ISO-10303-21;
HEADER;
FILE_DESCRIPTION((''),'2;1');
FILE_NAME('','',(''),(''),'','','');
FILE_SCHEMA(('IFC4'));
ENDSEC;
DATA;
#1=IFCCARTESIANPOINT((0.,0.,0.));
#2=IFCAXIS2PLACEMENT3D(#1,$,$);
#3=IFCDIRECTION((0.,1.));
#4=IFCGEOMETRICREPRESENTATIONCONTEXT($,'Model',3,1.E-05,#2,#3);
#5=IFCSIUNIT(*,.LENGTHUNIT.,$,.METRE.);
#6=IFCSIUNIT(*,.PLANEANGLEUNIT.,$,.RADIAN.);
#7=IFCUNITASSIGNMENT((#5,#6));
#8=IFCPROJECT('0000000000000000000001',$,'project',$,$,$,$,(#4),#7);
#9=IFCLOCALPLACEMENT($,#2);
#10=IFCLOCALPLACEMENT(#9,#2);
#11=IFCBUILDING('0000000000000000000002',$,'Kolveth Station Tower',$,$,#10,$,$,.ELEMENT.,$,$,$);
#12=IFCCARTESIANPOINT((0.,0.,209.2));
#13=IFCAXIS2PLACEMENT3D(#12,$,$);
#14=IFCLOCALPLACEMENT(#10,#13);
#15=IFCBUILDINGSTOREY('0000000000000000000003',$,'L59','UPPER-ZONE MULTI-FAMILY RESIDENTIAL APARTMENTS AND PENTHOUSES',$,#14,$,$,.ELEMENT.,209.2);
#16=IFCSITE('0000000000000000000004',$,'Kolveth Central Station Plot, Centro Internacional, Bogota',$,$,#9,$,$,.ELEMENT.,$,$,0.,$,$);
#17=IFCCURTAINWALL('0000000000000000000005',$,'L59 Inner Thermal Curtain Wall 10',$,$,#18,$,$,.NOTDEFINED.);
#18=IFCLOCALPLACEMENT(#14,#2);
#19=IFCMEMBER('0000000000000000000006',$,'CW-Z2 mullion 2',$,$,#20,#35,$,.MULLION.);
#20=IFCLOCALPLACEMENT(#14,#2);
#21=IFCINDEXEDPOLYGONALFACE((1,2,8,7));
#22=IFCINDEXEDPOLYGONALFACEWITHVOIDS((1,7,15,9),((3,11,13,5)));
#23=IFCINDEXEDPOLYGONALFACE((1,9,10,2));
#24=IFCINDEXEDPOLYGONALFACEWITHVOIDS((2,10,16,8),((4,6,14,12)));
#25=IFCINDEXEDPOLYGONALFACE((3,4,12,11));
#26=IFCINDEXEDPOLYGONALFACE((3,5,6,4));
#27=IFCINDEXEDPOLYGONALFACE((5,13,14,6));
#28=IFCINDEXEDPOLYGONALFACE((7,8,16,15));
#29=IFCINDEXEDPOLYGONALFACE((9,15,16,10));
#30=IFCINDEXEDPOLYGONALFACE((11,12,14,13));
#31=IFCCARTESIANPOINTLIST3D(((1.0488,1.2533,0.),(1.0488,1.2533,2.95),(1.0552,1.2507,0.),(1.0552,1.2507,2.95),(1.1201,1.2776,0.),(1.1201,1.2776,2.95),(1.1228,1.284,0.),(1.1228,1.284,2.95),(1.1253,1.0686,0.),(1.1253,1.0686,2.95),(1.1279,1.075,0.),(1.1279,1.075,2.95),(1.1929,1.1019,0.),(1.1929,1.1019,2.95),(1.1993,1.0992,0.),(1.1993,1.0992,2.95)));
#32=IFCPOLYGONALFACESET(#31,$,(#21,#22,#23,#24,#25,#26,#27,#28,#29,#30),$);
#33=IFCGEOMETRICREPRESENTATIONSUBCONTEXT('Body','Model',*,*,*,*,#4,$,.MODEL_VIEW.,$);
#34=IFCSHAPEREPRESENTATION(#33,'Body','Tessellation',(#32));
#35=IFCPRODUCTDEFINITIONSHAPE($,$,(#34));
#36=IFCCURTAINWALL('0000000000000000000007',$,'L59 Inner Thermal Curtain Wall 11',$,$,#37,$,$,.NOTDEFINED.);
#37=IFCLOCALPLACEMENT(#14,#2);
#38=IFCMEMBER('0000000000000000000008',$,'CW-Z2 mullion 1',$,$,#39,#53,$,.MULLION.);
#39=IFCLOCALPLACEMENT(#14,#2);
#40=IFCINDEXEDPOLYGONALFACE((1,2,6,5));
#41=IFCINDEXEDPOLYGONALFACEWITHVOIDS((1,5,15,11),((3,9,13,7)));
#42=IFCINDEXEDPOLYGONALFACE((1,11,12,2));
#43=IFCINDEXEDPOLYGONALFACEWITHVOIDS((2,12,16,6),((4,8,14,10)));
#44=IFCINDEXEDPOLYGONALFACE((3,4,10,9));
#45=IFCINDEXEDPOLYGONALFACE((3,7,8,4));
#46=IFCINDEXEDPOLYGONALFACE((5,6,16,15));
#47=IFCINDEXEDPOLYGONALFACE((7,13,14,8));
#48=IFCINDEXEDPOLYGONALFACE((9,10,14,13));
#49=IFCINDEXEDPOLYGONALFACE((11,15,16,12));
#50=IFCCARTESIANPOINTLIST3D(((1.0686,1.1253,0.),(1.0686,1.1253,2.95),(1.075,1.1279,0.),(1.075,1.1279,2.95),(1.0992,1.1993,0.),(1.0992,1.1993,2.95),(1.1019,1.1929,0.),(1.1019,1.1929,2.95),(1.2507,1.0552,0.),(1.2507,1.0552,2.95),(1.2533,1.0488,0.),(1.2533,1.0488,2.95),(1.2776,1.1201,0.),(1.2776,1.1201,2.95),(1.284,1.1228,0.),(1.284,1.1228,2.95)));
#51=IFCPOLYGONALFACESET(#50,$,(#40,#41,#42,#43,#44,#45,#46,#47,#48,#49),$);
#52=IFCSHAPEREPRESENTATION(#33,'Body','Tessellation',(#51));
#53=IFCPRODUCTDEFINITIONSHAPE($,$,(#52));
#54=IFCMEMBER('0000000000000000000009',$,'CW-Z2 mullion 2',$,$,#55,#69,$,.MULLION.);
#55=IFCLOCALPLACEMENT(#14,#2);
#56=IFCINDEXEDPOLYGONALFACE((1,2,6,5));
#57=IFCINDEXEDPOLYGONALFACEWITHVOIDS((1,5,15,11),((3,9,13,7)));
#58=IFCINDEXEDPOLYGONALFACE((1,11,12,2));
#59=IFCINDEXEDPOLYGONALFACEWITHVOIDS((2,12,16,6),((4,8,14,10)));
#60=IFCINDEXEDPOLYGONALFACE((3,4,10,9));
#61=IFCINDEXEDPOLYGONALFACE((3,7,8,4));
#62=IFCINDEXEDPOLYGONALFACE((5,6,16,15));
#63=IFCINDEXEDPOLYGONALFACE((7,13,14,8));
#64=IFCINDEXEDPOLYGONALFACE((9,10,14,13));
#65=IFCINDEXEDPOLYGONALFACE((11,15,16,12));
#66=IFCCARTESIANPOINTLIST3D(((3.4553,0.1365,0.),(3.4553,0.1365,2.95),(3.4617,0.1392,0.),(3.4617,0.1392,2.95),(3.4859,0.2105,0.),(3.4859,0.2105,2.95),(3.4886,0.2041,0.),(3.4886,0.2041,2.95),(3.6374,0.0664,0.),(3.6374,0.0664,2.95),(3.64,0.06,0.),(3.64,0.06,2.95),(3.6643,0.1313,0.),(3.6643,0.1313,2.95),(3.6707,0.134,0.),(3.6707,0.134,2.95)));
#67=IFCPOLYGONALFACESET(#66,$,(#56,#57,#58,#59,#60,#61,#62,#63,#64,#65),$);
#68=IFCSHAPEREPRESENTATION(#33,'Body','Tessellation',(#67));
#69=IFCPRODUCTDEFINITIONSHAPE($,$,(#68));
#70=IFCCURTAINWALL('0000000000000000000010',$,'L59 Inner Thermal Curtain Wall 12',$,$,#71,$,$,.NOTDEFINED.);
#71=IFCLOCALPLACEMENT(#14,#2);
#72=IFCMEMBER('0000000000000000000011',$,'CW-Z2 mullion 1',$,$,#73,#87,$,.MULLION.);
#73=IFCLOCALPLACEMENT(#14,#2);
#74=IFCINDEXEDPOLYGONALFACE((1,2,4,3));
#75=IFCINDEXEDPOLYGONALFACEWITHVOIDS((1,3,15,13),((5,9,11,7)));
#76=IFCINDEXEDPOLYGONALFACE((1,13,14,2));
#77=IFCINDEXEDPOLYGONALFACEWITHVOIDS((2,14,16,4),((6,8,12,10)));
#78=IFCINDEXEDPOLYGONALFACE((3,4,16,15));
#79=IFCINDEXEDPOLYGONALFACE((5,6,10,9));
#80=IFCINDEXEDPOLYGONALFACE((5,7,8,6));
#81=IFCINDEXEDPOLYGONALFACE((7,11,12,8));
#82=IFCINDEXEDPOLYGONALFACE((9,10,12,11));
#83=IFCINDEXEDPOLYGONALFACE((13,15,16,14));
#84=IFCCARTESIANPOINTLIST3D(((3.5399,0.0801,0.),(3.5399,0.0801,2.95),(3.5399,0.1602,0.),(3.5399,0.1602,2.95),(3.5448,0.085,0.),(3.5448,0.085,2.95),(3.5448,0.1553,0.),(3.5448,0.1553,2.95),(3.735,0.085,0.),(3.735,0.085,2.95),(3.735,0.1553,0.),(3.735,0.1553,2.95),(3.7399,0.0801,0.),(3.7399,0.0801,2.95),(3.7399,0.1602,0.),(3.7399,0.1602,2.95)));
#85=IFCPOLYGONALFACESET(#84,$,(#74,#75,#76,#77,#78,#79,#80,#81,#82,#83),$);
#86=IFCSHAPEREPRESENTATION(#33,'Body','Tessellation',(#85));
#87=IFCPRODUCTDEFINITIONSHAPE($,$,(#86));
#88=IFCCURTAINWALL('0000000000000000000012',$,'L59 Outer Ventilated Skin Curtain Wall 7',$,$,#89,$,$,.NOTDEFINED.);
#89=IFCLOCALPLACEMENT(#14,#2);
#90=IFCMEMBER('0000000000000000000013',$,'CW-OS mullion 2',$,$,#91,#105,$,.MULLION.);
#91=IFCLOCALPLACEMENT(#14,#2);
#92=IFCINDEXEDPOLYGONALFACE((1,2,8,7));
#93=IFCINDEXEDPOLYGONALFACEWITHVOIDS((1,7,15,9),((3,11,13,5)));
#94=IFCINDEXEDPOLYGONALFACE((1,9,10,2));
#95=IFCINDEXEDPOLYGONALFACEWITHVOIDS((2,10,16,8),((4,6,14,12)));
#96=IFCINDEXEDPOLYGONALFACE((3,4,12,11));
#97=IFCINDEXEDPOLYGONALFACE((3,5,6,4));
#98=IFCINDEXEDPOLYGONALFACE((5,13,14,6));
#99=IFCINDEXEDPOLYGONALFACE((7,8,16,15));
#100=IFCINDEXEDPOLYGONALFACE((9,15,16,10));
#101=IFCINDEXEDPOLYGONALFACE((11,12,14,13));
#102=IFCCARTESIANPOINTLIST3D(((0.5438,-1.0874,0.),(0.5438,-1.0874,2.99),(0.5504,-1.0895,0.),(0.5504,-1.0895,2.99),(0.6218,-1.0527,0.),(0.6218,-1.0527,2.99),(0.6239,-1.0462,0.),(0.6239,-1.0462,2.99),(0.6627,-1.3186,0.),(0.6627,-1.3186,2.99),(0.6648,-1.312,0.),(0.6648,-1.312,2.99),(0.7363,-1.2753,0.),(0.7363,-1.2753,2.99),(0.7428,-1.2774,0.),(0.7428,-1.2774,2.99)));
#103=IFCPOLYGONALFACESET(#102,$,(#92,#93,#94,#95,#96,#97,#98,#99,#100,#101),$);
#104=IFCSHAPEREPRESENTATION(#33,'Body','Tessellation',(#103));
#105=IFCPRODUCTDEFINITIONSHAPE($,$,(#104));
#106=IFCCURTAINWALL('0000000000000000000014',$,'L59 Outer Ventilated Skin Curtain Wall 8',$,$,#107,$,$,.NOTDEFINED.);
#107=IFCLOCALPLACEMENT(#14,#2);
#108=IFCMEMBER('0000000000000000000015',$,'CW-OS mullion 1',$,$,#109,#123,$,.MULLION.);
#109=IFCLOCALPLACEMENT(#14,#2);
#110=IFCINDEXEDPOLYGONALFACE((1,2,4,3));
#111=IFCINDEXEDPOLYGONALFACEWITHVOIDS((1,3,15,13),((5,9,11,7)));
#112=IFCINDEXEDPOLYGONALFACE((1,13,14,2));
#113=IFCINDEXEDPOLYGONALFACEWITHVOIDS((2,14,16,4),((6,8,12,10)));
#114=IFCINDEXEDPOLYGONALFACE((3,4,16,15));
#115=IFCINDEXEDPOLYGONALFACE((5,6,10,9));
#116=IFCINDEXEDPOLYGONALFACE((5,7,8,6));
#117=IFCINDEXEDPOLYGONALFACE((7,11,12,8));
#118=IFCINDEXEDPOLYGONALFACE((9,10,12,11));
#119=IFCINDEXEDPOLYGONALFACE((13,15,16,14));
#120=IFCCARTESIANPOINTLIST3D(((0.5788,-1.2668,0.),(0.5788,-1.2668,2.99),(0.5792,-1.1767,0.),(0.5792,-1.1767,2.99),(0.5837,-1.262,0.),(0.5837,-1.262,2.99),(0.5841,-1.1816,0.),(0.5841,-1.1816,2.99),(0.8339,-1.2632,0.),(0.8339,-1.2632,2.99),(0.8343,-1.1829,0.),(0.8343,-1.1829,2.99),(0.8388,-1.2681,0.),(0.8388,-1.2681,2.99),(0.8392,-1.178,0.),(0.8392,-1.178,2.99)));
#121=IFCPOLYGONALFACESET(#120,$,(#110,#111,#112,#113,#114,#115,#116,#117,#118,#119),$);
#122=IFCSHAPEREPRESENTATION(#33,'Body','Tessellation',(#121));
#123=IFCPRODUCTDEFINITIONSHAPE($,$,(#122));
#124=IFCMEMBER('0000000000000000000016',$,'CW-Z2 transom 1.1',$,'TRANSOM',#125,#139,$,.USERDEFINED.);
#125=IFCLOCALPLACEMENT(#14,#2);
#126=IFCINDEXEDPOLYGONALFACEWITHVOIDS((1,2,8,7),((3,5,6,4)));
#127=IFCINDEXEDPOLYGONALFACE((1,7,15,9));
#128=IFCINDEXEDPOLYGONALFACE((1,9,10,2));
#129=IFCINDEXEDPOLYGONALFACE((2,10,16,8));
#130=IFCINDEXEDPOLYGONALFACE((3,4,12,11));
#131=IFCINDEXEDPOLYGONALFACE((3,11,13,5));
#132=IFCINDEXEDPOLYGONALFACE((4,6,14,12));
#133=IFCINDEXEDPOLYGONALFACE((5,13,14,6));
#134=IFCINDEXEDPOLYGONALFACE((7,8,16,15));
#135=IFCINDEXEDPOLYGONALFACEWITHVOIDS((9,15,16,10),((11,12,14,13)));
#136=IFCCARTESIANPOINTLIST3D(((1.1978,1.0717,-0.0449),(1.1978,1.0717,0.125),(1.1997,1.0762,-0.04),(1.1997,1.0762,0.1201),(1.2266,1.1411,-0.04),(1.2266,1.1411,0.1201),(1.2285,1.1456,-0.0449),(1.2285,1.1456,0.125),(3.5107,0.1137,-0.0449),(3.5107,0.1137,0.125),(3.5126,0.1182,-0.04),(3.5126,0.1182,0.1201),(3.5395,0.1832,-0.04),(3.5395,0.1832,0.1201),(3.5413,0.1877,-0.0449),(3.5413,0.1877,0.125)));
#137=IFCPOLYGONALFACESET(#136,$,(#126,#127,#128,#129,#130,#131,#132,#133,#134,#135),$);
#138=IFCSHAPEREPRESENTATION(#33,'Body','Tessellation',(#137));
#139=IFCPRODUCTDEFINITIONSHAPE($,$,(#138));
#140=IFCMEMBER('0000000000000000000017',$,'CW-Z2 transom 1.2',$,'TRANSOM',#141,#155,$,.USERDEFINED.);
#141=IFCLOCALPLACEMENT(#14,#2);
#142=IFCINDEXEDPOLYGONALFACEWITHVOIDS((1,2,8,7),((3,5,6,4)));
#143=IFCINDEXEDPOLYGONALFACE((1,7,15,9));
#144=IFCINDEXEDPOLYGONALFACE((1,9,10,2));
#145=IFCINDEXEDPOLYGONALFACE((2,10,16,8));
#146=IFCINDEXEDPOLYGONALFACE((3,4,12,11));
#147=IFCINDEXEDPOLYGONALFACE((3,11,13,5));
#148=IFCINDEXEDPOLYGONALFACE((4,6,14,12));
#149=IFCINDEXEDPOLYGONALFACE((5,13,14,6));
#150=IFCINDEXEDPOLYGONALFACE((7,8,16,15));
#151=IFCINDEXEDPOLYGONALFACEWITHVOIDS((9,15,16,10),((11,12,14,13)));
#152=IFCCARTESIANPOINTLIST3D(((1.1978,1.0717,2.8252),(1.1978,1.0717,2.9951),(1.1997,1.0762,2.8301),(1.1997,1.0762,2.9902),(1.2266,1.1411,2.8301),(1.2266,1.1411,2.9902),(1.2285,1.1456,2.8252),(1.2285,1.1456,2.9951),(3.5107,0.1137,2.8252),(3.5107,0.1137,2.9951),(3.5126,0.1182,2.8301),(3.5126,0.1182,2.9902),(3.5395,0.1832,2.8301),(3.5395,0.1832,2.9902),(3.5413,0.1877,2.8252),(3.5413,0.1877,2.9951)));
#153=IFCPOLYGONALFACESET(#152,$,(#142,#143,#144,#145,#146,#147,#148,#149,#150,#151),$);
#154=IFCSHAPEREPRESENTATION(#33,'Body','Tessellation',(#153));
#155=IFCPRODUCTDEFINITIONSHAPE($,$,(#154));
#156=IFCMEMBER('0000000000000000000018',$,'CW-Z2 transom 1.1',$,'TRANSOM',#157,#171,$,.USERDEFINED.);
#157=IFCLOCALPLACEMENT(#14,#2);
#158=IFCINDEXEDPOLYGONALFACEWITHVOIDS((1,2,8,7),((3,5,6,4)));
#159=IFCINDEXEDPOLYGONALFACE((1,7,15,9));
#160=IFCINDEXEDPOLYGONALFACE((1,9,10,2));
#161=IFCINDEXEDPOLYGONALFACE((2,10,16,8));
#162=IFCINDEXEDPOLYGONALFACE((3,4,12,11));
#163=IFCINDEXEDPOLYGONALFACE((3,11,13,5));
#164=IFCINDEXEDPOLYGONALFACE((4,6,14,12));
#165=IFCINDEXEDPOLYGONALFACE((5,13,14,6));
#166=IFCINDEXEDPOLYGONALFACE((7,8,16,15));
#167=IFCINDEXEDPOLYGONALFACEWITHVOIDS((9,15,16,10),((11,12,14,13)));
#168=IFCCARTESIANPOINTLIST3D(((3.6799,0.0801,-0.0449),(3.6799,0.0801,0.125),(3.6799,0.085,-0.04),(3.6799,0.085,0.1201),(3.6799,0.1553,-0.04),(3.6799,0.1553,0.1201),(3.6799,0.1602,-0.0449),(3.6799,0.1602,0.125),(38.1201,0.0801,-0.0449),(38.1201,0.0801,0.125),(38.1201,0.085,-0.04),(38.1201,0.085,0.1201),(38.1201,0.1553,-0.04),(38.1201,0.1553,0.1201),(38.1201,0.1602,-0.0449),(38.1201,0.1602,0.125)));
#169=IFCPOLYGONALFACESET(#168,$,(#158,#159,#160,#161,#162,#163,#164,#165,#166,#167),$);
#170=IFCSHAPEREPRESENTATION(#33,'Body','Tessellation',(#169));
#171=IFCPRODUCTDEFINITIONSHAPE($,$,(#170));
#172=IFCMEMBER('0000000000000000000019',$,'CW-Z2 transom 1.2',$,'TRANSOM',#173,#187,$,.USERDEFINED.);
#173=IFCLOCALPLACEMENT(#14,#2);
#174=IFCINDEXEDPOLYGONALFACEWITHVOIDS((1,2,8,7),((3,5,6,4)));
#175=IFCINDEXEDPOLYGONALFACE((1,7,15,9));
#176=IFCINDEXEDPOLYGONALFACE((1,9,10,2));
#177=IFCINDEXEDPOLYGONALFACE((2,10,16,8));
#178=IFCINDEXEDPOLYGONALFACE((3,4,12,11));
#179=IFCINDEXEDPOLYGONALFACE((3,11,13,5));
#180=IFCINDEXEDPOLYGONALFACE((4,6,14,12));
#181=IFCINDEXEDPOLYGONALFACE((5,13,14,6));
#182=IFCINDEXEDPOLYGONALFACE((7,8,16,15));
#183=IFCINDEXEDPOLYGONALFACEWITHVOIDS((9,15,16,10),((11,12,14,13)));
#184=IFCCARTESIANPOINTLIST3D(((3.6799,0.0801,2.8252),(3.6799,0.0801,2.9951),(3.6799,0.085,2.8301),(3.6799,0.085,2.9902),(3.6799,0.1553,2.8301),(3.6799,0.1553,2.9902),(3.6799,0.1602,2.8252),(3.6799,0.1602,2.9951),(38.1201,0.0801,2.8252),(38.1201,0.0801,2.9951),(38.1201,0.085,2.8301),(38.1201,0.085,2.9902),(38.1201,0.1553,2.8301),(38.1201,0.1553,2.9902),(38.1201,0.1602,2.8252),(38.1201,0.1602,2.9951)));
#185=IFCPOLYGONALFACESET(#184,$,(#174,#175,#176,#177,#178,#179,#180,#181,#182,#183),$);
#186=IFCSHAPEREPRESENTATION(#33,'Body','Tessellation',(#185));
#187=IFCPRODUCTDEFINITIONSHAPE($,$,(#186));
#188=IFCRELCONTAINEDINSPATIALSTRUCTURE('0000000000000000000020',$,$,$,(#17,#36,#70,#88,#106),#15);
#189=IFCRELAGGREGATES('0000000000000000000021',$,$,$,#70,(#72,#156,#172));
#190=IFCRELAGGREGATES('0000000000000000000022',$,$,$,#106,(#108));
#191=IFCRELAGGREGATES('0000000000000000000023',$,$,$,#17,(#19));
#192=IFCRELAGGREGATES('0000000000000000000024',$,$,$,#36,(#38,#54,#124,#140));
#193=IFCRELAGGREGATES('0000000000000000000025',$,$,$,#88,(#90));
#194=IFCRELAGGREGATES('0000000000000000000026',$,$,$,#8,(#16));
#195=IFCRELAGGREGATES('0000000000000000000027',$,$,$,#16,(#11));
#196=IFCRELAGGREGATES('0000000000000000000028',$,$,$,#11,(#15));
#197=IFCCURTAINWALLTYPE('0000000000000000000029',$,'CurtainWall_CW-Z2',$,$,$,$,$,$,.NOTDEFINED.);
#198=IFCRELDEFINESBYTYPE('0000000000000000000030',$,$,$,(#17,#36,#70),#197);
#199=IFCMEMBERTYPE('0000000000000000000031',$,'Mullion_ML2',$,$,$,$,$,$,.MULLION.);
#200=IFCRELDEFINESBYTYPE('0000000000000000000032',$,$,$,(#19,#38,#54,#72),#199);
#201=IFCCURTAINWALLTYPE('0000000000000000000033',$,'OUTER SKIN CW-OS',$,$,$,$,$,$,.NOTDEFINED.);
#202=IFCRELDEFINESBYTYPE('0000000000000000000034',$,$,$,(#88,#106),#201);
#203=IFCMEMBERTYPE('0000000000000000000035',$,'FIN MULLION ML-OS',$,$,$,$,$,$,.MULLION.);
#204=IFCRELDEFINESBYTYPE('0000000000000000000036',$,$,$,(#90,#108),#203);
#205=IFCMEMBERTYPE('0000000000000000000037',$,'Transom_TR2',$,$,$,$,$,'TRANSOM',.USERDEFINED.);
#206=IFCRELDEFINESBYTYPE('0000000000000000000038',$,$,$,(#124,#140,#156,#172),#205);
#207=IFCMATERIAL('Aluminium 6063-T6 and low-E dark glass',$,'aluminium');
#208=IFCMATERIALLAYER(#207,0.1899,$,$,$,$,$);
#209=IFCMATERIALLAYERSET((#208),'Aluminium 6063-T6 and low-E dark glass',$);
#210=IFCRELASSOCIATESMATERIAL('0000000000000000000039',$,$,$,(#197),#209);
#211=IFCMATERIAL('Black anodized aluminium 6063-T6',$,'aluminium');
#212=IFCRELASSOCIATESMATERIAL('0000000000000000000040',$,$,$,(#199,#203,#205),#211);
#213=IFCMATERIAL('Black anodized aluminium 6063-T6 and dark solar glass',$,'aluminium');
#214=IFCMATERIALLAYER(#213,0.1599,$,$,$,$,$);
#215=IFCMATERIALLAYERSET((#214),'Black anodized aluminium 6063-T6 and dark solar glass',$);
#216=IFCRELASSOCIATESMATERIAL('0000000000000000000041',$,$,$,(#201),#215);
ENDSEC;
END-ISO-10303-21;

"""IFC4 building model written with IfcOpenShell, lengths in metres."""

from ifc_helpers import new_model, si_unit, direction, frame, origin, origin_2d, place, context, subcontext, project, spatial, hollow_rectangle, extrude, source, transform, mapped, material, layer, layer_set, material_profile, profile_set, type_object, element, aggregate, save


model = new_model("IFC4")

# Units and contexts
model_context = context("Model", 3, precision=1e-05, world=origin(), true_north=direction((0.0, 1.0)))
body_context = subcontext(model_context, "Body", "Model", "MODEL_VIEW")
ifc_project = project(units=[si_unit("LENGTHUNIT", "METRE"), si_unit("PLANEANGLEUNIT", "RADIAN")], contexts=[model_context])

# Site, building, storey
site_placement = place(None, origin())
site = spatial("IfcSite", under=ifc_project, at=site_placement, Name="Kolveth Central Station Plot, Centro Internacional, Bogota", CompositionType="ELEMENT", RefElevation=0.0)
building_placement = place(site_placement, origin())
building = spatial("IfcBuilding", under=site, at=building_placement, Name="Kolveth Station Tower", CompositionType="ELEMENT")
storey_placement = place(building_placement, frame((0.0, 0.0, 209.2)))
storey = spatial("IfcBuildingStorey", under=building, at=storey_placement, Name="L59", Description="UPPER-ZONE MULTI-FAMILY RESIDENTIAL APARTMENTS AND PENTHOUSES", CompositionType="ELEMENT", Elevation=209.2)

# Curtain wall, member
ifc_material_1 = material(Name="Aluminium 6063-T6 and low-E dark glass", Category="aluminium")
ifc_layer_1 = layer(ifc_material_1, 0.1899)
ifc_layer_set_1 = layer_set([ifc_layer_1], Name="Aluminium 6063-T6 and low-E dark glass")
curtain_wall_type_1 = type_object("IfcCurtainWallType", Name="CurtainWall_CW-Z2", PredefinedType="NOTDEFINED", material=ifc_layer_set_1)
curtain_wall_1_placement = place(storey_placement, origin())
curtain_wall_1 = element("IfcCurtainWall", 1, at=curtain_wall_1_placement, inside=storey, type_object=curtain_wall_type_1, Name="L59 Inner Thermal Curtain Wall 10", PredefinedType="NOTDEFINED")
ifc_material_2 = material(Name="Black anodized aluminium 6063-T6", Category="aluminium")
ifc_material_profile_1 = material_profile(ifc_material_2, hollow_rectangle(XDim=0.0801, YDim=0.2, WallThickness=0.0049, at=origin_2d()), Name="ALU-80x200x5")
ifc_profile_set_1 = profile_set([ifc_material_profile_1], Name="Black anodized aluminium 6063-T6")
member_type_1 = type_object("IfcMemberType", Name="Mullion_ML2", PredefinedType="MULLION", material=ifc_profile_set_1)
shared_shape_1 = source(origin(), body_context, "Body", "SweptSolid", [
    extrude(hollow_rectangle(XDim=0.0801, YDim=0.2, WallThickness=0.0049, at=origin_2d()), origin(), (0.0, 0.0, 1.0), 2.95),
])
member_1_placement = place(storey_placement, frame((1.124, 1.1763, 0.0), z_axis=(0.0, 0.0, 1.0), x_axis=(0.923874, 0.382698, 0.0)))
member_1 = element("IfcMember", 2, at=member_1_placement, type_object=member_type_1, Name="CW-Z2 mullion 2", PredefinedType="MULLION", context=body_context, shape_type="MappedRepresentation", body=[
    mapped(shared_shape_1, transform((0.0, 0.0, 0.0), x_axis=(1.0, 0.0, 0.0), y_axis=(0.0, 1.0, 0.0), z_axis=(0.0, 0.0, 1.0), scale=1.0)),
])

# Curtain wall, members
curtain_wall_2_placement = place(storey_placement, origin())
curtain_wall_2 = element("IfcCurtainWall", 3, at=curtain_wall_2_placement, inside=storey, type_object=curtain_wall_type_1, Name="L59 Inner Thermal Curtain Wall 11", PredefinedType="NOTDEFINED")
member_2_placement = place(storey_placement, frame((1.1763, 1.124, 0.0), z_axis=(0.0, 0.0, 1.0), x_axis=(0.382698, 0.923874, 0.0)))
member_2 = element("IfcMember", 4, at=member_2_placement, type_object=member_type_1, Name="CW-Z2 mullion 1", PredefinedType="MULLION", context=body_context, shape_type="MappedRepresentation", body=[
    mapped(shared_shape_1, transform((0.0, 0.0, 0.0), x_axis=(1.0, 0.0, 0.0), y_axis=(0.0, 1.0, 0.0), z_axis=(0.0, 0.0, 1.0), scale=1.0)),
])
member_3_placement = place(storey_placement, frame((3.563, 0.1353, 0.0), z_axis=(0.0, 0.0, 1.0), x_axis=(0.382698, 0.923874, 0.0)))
member_3 = element("IfcMember", 5, at=member_3_placement, type_object=member_type_1, Name="CW-Z2 mullion 2", PredefinedType="MULLION", context=body_context, shape_type="MappedRepresentation", body=[
    mapped(shared_shape_1, transform((0.0, 0.0, 0.0), x_axis=(1.0, 0.0, 0.0), y_axis=(0.0, 1.0, 0.0), z_axis=(0.0, 0.0, 1.0), scale=1.0)),
])

# Curtain walls, members
curtain_wall_3_placement = place(storey_placement, origin())
curtain_wall_3 = element("IfcCurtainWall", 6, at=curtain_wall_3_placement, inside=storey, type_object=curtain_wall_type_1, Name="L59 Inner Thermal Curtain Wall 12", PredefinedType="NOTDEFINED")
member_4_placement = place(storey_placement, frame((3.6399, 0.1201, 0.0), z_axis=(0.0, 0.0, 1.0), x_axis=(0.0, 1.0, 0.0)))
member_4 = element("IfcMember", 7, at=member_4_placement, type_object=member_type_1, Name="CW-Z2 mullion 1", PredefinedType="MULLION", context=body_context, shape_type="MappedRepresentation", body=[
    mapped(shared_shape_1, transform((0.0, 0.0, 0.0), x_axis=(1.0, 0.0, 0.0), y_axis=(0.0, 1.0, 0.0), z_axis=(0.0, 0.0, 1.0), scale=1.0)),
])
ifc_material_3 = material(Name="Black anodized aluminium 6063-T6 and dark solar glass", Category="aluminium")
ifc_layer_2 = layer(ifc_material_3, 0.1599)
ifc_layer_set_2 = layer_set([ifc_layer_2], Name="Black anodized aluminium 6063-T6 and dark solar glass")
curtain_wall_type_2 = type_object("IfcCurtainWallType", Name="OUTER SKIN CW-OS", PredefinedType="NOTDEFINED", material=ifc_layer_set_2)
curtain_wall_4_placement = place(storey_placement, origin())
curtain_wall_4 = element("IfcCurtainWall", 8, at=curtain_wall_4_placement, inside=storey, type_object=curtain_wall_type_2, Name="L59 Outer Ventilated Skin Curtain Wall 7", PredefinedType="NOTDEFINED")
ifc_material_profile_2 = material_profile(ifc_material_2, hollow_rectangle(XDim=0.0901, YDim=0.26, WallThickness=0.0049, at=origin_2d()), Name="ALU-90x260x5")
ifc_profile_set_2 = profile_set([ifc_material_profile_2], Name="Black anodized aluminium 6063-T6")
member_type_2 = type_object("IfcMemberType", Name="FIN MULLION ML-OS", PredefinedType="MULLION", material=ifc_profile_set_2)
shared_shape_2 = source(origin(), body_context, "Body", "SweptSolid", [
    extrude(hollow_rectangle(XDim=0.0901, YDim=0.26, WallThickness=0.0049, at=origin_2d()), origin(), (0.0, 0.0, 1.0), 2.99),
])
member_5_placement = place(storey_placement, frame((0.6433, -1.1824, 0.0), z_axis=(0.0, 0.0, 1.0), x_axis=(0.889255, 0.457411, 0.0)))
member_5 = element("IfcMember", 9, at=member_5_placement, type_object=member_type_2, Name="CW-OS mullion 2", PredefinedType="MULLION", context=body_context, shape_type="MappedRepresentation", body=[
    mapped(shared_shape_2, transform((0.0, 0.0, 0.0), x_axis=(1.0, 0.0, 0.0), y_axis=(0.0, 1.0, 0.0), z_axis=(0.0, 0.0, 1.0), scale=1.0)),
])
curtain_wall_5_placement = place(storey_placement, origin())
curtain_wall_5 = element("IfcCurtainWall", 10, at=curtain_wall_5_placement, inside=storey, type_object=curtain_wall_type_2, Name="L59 Outer Ventilated Skin Curtain Wall 8", PredefinedType="NOTDEFINED")
member_6_placement = place(storey_placement, frame((0.709, -1.2224, 0.0), z_axis=(0.0, 0.0, 1.0), x_axis=(0.004894, 0.999988, 0.0)))
member_6 = element("IfcMember", 11, at=member_6_placement, type_object=member_type_2, Name="CW-OS mullion 1", PredefinedType="MULLION", context=body_context, shape_type="MappedRepresentation", body=[
    mapped(shared_shape_2, transform((0.0, 0.0, 0.0), x_axis=(1.0, 0.0, 0.0), y_axis=(0.0, 1.0, 0.0), z_axis=(0.0, 0.0, 1.0), scale=1.0)),
])

# Members
ifc_material_profile_3 = material_profile(ifc_material_2, hollow_rectangle(XDim=0.0801, YDim=0.1699, WallThickness=0.0049, at=origin_2d()), Name="ALU-80x170x5")
ifc_profile_set_3 = profile_set([ifc_material_profile_3], Name="Black anodized aluminium 6063-T6")
member_type_3 = type_object("IfcMemberType", Name="Transom_TR2", ElementType="TRANSOM", PredefinedType="USERDEFINED", material=ifc_profile_set_3)
shared_shape_3 = source(origin(), body_context, "Body", "SweptSolid", [
    extrude(hollow_rectangle(XDim=0.0801, YDim=0.1699, WallThickness=0.0049, at=origin_2d()), origin(), (0.0, 0.0, 1.0), 2.5034),
])
member_7_placement = place(storey_placement, frame((1.2131, 1.1086, 0.04), z_axis=(0.923888, -0.382662, 0.0), x_axis=(0.382662, 0.923888, 0.0)))
member_7 = element("IfcMember", 12, at=member_7_placement, type_object=member_type_3, Name="CW-Z2 transom 1.1", ObjectType="TRANSOM", PredefinedType="USERDEFINED", context=body_context, shape_type="MappedRepresentation", body=[
    mapped(shared_shape_3, transform((0.0, 0.0, 0.0), x_axis=(1.0, 0.0, 0.0), y_axis=(0.0, 1.0, 0.0), z_axis=(0.0, 0.0, 1.0), scale=1.0)),
])
member_8_placement = place(storey_placement, frame((1.2131, 1.1086, 2.9102), z_axis=(0.923888, -0.382662, 0.0), x_axis=(0.382662, 0.923888, 0.0)))
member_8 = element("IfcMember", 13, at=member_8_placement, type_object=member_type_3, Name="CW-Z2 transom 1.2", ObjectType="TRANSOM", PredefinedType="USERDEFINED", context=body_context, shape_type="MappedRepresentation", body=[
    mapped(shared_shape_3, transform((0.0, 0.0, 0.0), x_axis=(1.0, 0.0, 0.0), y_axis=(0.0, 1.0, 0.0), z_axis=(0.0, 0.0, 1.0), scale=1.0)),
])
shared_shape_4 = source(origin(), body_context, "Body", "SweptSolid", [
    extrude(hollow_rectangle(XDim=0.0801, YDim=0.1699, WallThickness=0.0049, at=origin_2d()), origin(), (0.0, 0.0, 1.0), 34.4402),
])
member_9_placement = place(storey_placement, frame((3.6799, 0.1201, 0.04), z_axis=(1.0, 0.0, 0.0), x_axis=(0.0, 1.0, 0.0)))
member_9 = element("IfcMember", 14, at=member_9_placement, type_object=member_type_3, Name="CW-Z2 transom 1.1", ObjectType="TRANSOM", PredefinedType="USERDEFINED", context=body_context, shape_type="MappedRepresentation", body=[
    mapped(shared_shape_4, transform((0.0, 0.0, 0.0), x_axis=(1.0, 0.0, 0.0), y_axis=(0.0, 1.0, 0.0), z_axis=(0.0, 0.0, 1.0), scale=1.0)),
])
member_10_placement = place(storey_placement, frame((3.6799, 0.1201, 2.9102), z_axis=(1.0, 0.0, 0.0), x_axis=(0.0, 1.0, 0.0)))
member_10 = element("IfcMember", 15, at=member_10_placement, type_object=member_type_3, Name="CW-Z2 transom 1.2", ObjectType="TRANSOM", PredefinedType="USERDEFINED", context=body_context, shape_type="MappedRepresentation", body=[
    mapped(shared_shape_4, transform((0.0, 0.0, 0.0), x_axis=(1.0, 0.0, 0.0), y_axis=(0.0, 1.0, 0.0), z_axis=(0.0, 0.0, 1.0), scale=1.0)),
])
aggregate(curtain_wall_3, [member_4, member_9, member_10])
aggregate(curtain_wall_5, [member_6])

aggregate(curtain_wall_1, [member_1])
aggregate(curtain_wall_2, [member_2, member_3, member_7, member_8])
aggregate(curtain_wall_4, [member_5])

save(model, "model.ifc")
